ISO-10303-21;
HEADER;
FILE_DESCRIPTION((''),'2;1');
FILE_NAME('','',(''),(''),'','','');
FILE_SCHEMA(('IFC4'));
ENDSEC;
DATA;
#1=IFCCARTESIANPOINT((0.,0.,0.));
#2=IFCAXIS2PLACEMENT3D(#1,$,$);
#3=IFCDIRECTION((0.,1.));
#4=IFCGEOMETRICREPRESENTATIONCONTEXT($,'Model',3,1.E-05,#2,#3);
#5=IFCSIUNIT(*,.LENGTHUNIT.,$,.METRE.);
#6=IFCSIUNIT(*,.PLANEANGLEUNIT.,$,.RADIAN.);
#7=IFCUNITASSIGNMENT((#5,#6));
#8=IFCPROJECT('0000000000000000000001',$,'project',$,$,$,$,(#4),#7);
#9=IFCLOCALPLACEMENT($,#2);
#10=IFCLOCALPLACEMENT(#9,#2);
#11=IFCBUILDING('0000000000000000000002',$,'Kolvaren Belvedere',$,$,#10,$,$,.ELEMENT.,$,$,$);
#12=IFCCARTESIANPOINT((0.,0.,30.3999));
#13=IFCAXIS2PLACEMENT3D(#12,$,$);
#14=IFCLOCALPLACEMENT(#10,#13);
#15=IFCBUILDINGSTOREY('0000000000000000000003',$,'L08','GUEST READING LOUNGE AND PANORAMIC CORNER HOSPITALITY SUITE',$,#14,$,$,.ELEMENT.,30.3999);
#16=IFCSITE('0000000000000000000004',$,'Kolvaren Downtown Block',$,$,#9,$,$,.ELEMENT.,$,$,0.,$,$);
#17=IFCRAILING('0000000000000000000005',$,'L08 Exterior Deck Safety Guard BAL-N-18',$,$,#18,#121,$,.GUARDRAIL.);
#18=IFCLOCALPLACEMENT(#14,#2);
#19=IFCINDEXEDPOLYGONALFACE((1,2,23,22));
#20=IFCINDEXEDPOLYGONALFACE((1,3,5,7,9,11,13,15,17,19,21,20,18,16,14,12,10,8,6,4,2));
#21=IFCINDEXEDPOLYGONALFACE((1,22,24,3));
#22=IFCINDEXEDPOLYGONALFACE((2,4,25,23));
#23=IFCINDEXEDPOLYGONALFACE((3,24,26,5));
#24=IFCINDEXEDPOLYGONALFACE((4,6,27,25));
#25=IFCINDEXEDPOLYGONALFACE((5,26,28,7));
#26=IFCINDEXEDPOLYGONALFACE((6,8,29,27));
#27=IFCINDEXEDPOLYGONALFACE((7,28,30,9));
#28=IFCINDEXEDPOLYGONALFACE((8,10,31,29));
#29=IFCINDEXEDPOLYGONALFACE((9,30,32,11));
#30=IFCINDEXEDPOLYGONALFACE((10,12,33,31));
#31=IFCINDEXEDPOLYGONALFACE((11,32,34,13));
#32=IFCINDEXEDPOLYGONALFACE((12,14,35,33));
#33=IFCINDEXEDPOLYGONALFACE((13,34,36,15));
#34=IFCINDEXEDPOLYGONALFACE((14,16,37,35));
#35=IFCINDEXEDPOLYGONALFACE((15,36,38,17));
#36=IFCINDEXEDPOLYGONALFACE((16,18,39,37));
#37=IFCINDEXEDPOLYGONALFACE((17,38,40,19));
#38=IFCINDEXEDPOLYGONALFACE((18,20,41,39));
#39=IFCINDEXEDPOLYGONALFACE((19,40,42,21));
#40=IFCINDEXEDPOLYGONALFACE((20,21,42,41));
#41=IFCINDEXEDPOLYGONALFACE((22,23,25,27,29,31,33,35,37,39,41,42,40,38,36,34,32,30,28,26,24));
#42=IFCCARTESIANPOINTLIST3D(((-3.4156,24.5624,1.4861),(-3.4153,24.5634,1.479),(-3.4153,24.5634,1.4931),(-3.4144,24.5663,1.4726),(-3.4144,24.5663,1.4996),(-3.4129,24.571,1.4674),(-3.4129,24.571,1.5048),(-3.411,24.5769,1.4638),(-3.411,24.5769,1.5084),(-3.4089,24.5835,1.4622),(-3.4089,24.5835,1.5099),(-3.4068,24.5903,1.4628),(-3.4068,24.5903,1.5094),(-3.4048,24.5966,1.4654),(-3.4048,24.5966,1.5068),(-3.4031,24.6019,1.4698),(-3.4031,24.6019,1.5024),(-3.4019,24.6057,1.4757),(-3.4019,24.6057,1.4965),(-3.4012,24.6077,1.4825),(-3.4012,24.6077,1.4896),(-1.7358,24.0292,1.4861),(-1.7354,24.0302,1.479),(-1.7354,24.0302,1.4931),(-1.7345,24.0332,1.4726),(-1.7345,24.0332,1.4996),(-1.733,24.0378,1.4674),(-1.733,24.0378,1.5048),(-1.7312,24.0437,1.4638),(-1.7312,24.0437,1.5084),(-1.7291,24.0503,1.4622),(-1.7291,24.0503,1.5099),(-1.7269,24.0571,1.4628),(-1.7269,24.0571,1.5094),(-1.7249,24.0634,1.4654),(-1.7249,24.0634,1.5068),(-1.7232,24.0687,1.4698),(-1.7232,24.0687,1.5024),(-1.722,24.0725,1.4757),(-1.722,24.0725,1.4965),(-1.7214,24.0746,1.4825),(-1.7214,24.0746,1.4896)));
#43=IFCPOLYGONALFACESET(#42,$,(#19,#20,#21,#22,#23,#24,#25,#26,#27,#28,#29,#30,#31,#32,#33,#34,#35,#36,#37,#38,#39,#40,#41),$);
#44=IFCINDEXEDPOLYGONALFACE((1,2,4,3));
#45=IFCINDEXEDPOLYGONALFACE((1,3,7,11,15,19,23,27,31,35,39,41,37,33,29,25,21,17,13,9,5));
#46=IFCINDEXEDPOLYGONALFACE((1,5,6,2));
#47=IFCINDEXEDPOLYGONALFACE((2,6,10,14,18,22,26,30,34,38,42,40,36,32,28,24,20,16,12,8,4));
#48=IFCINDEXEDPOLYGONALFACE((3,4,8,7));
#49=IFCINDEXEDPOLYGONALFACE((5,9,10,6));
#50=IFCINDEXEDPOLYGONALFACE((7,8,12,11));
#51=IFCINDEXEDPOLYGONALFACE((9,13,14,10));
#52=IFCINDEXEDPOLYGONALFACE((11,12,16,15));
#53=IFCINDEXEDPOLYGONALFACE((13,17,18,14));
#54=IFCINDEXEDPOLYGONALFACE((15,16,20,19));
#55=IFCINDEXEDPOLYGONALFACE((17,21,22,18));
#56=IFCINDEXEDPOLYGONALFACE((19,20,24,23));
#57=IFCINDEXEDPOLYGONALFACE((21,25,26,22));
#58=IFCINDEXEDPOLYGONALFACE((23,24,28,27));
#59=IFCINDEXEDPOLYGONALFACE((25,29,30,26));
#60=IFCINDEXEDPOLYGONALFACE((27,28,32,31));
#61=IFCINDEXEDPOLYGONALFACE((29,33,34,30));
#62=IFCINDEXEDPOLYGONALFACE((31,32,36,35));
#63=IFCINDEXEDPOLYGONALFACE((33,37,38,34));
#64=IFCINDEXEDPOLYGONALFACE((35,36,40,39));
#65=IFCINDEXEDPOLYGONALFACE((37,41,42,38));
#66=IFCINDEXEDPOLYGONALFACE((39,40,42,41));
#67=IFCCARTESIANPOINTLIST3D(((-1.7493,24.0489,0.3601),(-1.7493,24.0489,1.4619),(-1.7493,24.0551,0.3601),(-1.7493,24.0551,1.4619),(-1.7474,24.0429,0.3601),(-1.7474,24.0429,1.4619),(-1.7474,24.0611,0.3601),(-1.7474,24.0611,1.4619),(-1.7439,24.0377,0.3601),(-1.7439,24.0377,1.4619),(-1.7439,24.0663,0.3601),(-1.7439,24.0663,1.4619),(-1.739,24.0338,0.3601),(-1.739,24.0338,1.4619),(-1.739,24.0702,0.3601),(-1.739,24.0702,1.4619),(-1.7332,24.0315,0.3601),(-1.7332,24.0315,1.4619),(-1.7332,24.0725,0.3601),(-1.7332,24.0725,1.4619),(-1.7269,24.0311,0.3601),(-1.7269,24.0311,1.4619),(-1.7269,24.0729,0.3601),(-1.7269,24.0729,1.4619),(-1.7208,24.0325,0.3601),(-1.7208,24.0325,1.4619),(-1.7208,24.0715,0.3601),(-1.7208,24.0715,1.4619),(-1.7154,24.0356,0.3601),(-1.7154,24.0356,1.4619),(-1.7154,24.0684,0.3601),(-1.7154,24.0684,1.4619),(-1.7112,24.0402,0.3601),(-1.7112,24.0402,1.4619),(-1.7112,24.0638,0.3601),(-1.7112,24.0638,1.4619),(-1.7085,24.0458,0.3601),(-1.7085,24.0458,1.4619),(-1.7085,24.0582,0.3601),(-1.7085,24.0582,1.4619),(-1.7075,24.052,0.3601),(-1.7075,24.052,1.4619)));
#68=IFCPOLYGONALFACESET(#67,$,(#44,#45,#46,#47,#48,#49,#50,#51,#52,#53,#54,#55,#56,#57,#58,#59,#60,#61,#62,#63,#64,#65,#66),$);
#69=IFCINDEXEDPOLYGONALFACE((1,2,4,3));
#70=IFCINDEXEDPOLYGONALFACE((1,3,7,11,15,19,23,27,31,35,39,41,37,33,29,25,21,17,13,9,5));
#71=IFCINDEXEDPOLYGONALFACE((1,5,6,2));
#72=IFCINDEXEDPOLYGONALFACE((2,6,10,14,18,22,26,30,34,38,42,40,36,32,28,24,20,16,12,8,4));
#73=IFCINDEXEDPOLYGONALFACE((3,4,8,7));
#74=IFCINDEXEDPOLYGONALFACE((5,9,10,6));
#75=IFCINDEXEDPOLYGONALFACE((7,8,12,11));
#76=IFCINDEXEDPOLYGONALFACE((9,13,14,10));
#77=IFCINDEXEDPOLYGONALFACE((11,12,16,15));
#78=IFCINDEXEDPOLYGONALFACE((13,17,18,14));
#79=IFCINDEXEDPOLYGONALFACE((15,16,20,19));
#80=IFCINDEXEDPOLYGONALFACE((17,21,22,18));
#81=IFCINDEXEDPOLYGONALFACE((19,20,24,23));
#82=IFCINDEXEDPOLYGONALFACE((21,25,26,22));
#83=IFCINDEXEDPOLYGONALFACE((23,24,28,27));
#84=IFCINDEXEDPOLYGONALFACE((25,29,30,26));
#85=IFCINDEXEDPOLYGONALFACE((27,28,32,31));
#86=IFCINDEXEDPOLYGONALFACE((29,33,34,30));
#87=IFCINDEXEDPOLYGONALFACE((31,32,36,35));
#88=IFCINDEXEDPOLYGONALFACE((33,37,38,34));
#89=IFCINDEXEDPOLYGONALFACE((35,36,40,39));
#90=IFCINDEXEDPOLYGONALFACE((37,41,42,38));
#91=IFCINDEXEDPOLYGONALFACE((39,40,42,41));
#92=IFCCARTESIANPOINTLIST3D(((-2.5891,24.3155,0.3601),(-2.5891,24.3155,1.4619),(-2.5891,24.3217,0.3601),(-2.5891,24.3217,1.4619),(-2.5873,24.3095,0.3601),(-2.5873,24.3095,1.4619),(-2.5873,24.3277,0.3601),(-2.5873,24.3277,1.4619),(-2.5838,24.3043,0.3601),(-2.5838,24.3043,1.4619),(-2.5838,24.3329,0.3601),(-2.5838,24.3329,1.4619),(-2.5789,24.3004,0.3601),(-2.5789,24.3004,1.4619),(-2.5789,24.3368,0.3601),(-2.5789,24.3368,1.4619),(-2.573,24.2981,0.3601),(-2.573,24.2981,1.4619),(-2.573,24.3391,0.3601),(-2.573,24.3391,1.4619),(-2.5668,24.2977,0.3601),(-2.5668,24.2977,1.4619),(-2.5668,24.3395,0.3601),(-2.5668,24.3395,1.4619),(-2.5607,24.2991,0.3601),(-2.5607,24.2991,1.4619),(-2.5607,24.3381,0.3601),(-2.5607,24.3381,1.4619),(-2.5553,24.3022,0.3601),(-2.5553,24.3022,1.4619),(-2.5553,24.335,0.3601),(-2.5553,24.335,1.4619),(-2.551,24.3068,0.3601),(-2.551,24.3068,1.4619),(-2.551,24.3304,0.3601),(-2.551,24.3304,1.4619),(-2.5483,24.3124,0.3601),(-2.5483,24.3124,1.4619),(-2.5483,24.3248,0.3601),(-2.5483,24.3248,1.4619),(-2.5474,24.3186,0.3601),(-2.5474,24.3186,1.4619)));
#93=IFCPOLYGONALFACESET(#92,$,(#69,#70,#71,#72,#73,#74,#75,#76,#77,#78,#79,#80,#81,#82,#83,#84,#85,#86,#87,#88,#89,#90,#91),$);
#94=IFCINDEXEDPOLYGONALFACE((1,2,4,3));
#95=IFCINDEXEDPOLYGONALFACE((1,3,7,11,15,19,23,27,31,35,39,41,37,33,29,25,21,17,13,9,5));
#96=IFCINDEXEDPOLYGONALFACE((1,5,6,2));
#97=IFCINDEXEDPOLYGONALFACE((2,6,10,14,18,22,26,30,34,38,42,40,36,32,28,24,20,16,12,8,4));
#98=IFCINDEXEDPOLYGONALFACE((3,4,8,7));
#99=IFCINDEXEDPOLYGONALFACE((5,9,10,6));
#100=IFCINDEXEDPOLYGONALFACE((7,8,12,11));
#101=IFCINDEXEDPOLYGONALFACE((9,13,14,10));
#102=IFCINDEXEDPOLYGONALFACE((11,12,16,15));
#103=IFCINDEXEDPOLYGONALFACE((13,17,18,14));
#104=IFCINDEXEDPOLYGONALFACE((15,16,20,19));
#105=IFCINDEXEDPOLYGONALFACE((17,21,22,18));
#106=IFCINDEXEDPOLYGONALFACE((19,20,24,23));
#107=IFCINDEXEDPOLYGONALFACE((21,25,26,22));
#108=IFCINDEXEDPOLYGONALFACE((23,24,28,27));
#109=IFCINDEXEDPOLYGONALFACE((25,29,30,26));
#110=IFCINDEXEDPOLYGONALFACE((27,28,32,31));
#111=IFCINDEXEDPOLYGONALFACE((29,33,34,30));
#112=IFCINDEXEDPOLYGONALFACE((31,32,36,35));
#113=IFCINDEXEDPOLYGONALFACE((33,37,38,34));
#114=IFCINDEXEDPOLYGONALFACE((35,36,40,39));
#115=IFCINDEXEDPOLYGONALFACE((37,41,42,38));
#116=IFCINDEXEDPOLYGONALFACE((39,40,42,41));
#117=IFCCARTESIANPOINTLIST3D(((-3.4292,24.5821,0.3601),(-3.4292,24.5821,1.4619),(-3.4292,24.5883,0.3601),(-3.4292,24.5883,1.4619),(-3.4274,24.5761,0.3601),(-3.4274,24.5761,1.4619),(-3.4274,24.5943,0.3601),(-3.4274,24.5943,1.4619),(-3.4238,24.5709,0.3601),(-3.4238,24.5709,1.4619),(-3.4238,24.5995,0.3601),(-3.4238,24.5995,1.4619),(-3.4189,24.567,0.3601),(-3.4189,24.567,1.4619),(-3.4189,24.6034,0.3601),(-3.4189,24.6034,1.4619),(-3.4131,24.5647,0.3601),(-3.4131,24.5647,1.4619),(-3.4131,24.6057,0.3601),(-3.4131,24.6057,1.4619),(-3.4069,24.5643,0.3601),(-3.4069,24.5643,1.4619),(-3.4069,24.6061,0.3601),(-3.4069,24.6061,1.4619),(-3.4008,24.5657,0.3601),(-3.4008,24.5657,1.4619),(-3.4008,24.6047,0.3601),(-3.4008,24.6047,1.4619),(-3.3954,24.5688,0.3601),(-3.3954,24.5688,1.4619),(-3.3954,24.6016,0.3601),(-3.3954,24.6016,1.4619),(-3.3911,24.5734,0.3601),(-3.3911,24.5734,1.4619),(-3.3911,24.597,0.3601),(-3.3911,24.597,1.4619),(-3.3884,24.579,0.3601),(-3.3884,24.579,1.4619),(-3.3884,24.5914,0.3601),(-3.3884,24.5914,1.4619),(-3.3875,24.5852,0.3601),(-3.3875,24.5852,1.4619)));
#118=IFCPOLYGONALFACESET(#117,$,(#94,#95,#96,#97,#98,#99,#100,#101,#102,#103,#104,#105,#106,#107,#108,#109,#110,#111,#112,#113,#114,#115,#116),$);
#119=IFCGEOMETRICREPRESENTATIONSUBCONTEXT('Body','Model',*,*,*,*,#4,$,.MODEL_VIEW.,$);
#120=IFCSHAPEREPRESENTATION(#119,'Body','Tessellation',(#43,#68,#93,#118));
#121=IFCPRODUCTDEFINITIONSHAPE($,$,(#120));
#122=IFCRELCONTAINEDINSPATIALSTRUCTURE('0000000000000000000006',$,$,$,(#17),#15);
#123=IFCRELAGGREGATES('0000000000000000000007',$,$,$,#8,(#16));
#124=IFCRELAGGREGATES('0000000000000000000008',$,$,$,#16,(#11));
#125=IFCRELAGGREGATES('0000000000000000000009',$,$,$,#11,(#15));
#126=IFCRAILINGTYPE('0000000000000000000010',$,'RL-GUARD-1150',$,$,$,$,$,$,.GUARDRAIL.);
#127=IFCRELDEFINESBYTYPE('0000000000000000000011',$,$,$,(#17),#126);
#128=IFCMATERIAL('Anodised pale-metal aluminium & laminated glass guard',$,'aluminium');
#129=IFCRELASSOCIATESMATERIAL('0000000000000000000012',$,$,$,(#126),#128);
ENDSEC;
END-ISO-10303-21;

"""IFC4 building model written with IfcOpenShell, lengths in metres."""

from ifc_helpers import new_model, si_unit, direction, frame, origin, origin_2d, place, context, subcontext, project, spatial, circle, extrude, material, type_object, element, save


model = new_model("IFC4")

# Units and contexts
model_context = context("Model", 3, precision=1e-05, world=origin(), true_north=direction((0.0, 1.0)))
body_context = subcontext(model_context, "Body", "Model", "MODEL_VIEW")
ifc_project = project(units=[si_unit("LENGTHUNIT", "METRE"), si_unit("PLANEANGLEUNIT", "RADIAN")], contexts=[model_context])

# Site, building, storey
site_placement = place(None, origin())
site = spatial("IfcSite", under=ifc_project, at=site_placement, Name="Kolvaren Downtown Block", CompositionType="ELEMENT", RefElevation=0.0)
building_placement = place(site_placement, origin())
building = spatial("IfcBuilding", under=site, at=building_placement, Name="Kolvaren Belvedere", CompositionType="ELEMENT")
storey_placement = place(building_placement, frame((0.0, 0.0, 30.3999)))
storey = spatial("IfcBuildingStorey", under=building, at=storey_placement, Name="L08", Description="GUEST READING LOUNGE AND PANORAMIC CORNER HOSPITALITY SUITE", CompositionType="ELEMENT", Elevation=30.3999)

# Railing
ifc_material_1 = material(Name="Anodised pale-metal aluminium & laminated glass guard", Category="aluminium")
railing_type = type_object("IfcRailingType", Name="RL-GUARD-1150", PredefinedType="GUARDRAIL", material=ifc_material_1)
railing_1_placement = place(storey_placement, frame((-1.7285, 24.052, 0.3601)))
element("IfcRailing", 1, at=railing_1_placement, inside=storey, type_object=railing_type, Name="L08 Exterior Deck Safety Guard BAL-N-18", PredefinedType="GUARDRAIL", context=body_context, shape_type="SweptSolid", body=[
    extrude(circle(Radius=0.0239, at=origin_2d()), frame((0.0, 0.0, 1.126), z_axis=(-0.953142, 0.302523, 0.0), x_axis=(-0.302523, -0.953142, 0.0)), (0.0, 0.0, 1.0), 1.7625),
    extrude(circle(Radius=0.021, at=origin_2d()), origin(), (0.0, 0.0, 1.0), 1.1018),
    extrude(circle(Radius=0.021, at=origin_2d()), frame((-0.8398, 0.2666, 0.0)), (0.0, 0.0, 1.0), 1.1018),
    extrude(circle(Radius=0.021, at=origin_2d()), frame((-1.6799, 0.5332, 0.0)), (0.0, 0.0, 1.0), 1.1018),
])

save(model, "model.ifc")
